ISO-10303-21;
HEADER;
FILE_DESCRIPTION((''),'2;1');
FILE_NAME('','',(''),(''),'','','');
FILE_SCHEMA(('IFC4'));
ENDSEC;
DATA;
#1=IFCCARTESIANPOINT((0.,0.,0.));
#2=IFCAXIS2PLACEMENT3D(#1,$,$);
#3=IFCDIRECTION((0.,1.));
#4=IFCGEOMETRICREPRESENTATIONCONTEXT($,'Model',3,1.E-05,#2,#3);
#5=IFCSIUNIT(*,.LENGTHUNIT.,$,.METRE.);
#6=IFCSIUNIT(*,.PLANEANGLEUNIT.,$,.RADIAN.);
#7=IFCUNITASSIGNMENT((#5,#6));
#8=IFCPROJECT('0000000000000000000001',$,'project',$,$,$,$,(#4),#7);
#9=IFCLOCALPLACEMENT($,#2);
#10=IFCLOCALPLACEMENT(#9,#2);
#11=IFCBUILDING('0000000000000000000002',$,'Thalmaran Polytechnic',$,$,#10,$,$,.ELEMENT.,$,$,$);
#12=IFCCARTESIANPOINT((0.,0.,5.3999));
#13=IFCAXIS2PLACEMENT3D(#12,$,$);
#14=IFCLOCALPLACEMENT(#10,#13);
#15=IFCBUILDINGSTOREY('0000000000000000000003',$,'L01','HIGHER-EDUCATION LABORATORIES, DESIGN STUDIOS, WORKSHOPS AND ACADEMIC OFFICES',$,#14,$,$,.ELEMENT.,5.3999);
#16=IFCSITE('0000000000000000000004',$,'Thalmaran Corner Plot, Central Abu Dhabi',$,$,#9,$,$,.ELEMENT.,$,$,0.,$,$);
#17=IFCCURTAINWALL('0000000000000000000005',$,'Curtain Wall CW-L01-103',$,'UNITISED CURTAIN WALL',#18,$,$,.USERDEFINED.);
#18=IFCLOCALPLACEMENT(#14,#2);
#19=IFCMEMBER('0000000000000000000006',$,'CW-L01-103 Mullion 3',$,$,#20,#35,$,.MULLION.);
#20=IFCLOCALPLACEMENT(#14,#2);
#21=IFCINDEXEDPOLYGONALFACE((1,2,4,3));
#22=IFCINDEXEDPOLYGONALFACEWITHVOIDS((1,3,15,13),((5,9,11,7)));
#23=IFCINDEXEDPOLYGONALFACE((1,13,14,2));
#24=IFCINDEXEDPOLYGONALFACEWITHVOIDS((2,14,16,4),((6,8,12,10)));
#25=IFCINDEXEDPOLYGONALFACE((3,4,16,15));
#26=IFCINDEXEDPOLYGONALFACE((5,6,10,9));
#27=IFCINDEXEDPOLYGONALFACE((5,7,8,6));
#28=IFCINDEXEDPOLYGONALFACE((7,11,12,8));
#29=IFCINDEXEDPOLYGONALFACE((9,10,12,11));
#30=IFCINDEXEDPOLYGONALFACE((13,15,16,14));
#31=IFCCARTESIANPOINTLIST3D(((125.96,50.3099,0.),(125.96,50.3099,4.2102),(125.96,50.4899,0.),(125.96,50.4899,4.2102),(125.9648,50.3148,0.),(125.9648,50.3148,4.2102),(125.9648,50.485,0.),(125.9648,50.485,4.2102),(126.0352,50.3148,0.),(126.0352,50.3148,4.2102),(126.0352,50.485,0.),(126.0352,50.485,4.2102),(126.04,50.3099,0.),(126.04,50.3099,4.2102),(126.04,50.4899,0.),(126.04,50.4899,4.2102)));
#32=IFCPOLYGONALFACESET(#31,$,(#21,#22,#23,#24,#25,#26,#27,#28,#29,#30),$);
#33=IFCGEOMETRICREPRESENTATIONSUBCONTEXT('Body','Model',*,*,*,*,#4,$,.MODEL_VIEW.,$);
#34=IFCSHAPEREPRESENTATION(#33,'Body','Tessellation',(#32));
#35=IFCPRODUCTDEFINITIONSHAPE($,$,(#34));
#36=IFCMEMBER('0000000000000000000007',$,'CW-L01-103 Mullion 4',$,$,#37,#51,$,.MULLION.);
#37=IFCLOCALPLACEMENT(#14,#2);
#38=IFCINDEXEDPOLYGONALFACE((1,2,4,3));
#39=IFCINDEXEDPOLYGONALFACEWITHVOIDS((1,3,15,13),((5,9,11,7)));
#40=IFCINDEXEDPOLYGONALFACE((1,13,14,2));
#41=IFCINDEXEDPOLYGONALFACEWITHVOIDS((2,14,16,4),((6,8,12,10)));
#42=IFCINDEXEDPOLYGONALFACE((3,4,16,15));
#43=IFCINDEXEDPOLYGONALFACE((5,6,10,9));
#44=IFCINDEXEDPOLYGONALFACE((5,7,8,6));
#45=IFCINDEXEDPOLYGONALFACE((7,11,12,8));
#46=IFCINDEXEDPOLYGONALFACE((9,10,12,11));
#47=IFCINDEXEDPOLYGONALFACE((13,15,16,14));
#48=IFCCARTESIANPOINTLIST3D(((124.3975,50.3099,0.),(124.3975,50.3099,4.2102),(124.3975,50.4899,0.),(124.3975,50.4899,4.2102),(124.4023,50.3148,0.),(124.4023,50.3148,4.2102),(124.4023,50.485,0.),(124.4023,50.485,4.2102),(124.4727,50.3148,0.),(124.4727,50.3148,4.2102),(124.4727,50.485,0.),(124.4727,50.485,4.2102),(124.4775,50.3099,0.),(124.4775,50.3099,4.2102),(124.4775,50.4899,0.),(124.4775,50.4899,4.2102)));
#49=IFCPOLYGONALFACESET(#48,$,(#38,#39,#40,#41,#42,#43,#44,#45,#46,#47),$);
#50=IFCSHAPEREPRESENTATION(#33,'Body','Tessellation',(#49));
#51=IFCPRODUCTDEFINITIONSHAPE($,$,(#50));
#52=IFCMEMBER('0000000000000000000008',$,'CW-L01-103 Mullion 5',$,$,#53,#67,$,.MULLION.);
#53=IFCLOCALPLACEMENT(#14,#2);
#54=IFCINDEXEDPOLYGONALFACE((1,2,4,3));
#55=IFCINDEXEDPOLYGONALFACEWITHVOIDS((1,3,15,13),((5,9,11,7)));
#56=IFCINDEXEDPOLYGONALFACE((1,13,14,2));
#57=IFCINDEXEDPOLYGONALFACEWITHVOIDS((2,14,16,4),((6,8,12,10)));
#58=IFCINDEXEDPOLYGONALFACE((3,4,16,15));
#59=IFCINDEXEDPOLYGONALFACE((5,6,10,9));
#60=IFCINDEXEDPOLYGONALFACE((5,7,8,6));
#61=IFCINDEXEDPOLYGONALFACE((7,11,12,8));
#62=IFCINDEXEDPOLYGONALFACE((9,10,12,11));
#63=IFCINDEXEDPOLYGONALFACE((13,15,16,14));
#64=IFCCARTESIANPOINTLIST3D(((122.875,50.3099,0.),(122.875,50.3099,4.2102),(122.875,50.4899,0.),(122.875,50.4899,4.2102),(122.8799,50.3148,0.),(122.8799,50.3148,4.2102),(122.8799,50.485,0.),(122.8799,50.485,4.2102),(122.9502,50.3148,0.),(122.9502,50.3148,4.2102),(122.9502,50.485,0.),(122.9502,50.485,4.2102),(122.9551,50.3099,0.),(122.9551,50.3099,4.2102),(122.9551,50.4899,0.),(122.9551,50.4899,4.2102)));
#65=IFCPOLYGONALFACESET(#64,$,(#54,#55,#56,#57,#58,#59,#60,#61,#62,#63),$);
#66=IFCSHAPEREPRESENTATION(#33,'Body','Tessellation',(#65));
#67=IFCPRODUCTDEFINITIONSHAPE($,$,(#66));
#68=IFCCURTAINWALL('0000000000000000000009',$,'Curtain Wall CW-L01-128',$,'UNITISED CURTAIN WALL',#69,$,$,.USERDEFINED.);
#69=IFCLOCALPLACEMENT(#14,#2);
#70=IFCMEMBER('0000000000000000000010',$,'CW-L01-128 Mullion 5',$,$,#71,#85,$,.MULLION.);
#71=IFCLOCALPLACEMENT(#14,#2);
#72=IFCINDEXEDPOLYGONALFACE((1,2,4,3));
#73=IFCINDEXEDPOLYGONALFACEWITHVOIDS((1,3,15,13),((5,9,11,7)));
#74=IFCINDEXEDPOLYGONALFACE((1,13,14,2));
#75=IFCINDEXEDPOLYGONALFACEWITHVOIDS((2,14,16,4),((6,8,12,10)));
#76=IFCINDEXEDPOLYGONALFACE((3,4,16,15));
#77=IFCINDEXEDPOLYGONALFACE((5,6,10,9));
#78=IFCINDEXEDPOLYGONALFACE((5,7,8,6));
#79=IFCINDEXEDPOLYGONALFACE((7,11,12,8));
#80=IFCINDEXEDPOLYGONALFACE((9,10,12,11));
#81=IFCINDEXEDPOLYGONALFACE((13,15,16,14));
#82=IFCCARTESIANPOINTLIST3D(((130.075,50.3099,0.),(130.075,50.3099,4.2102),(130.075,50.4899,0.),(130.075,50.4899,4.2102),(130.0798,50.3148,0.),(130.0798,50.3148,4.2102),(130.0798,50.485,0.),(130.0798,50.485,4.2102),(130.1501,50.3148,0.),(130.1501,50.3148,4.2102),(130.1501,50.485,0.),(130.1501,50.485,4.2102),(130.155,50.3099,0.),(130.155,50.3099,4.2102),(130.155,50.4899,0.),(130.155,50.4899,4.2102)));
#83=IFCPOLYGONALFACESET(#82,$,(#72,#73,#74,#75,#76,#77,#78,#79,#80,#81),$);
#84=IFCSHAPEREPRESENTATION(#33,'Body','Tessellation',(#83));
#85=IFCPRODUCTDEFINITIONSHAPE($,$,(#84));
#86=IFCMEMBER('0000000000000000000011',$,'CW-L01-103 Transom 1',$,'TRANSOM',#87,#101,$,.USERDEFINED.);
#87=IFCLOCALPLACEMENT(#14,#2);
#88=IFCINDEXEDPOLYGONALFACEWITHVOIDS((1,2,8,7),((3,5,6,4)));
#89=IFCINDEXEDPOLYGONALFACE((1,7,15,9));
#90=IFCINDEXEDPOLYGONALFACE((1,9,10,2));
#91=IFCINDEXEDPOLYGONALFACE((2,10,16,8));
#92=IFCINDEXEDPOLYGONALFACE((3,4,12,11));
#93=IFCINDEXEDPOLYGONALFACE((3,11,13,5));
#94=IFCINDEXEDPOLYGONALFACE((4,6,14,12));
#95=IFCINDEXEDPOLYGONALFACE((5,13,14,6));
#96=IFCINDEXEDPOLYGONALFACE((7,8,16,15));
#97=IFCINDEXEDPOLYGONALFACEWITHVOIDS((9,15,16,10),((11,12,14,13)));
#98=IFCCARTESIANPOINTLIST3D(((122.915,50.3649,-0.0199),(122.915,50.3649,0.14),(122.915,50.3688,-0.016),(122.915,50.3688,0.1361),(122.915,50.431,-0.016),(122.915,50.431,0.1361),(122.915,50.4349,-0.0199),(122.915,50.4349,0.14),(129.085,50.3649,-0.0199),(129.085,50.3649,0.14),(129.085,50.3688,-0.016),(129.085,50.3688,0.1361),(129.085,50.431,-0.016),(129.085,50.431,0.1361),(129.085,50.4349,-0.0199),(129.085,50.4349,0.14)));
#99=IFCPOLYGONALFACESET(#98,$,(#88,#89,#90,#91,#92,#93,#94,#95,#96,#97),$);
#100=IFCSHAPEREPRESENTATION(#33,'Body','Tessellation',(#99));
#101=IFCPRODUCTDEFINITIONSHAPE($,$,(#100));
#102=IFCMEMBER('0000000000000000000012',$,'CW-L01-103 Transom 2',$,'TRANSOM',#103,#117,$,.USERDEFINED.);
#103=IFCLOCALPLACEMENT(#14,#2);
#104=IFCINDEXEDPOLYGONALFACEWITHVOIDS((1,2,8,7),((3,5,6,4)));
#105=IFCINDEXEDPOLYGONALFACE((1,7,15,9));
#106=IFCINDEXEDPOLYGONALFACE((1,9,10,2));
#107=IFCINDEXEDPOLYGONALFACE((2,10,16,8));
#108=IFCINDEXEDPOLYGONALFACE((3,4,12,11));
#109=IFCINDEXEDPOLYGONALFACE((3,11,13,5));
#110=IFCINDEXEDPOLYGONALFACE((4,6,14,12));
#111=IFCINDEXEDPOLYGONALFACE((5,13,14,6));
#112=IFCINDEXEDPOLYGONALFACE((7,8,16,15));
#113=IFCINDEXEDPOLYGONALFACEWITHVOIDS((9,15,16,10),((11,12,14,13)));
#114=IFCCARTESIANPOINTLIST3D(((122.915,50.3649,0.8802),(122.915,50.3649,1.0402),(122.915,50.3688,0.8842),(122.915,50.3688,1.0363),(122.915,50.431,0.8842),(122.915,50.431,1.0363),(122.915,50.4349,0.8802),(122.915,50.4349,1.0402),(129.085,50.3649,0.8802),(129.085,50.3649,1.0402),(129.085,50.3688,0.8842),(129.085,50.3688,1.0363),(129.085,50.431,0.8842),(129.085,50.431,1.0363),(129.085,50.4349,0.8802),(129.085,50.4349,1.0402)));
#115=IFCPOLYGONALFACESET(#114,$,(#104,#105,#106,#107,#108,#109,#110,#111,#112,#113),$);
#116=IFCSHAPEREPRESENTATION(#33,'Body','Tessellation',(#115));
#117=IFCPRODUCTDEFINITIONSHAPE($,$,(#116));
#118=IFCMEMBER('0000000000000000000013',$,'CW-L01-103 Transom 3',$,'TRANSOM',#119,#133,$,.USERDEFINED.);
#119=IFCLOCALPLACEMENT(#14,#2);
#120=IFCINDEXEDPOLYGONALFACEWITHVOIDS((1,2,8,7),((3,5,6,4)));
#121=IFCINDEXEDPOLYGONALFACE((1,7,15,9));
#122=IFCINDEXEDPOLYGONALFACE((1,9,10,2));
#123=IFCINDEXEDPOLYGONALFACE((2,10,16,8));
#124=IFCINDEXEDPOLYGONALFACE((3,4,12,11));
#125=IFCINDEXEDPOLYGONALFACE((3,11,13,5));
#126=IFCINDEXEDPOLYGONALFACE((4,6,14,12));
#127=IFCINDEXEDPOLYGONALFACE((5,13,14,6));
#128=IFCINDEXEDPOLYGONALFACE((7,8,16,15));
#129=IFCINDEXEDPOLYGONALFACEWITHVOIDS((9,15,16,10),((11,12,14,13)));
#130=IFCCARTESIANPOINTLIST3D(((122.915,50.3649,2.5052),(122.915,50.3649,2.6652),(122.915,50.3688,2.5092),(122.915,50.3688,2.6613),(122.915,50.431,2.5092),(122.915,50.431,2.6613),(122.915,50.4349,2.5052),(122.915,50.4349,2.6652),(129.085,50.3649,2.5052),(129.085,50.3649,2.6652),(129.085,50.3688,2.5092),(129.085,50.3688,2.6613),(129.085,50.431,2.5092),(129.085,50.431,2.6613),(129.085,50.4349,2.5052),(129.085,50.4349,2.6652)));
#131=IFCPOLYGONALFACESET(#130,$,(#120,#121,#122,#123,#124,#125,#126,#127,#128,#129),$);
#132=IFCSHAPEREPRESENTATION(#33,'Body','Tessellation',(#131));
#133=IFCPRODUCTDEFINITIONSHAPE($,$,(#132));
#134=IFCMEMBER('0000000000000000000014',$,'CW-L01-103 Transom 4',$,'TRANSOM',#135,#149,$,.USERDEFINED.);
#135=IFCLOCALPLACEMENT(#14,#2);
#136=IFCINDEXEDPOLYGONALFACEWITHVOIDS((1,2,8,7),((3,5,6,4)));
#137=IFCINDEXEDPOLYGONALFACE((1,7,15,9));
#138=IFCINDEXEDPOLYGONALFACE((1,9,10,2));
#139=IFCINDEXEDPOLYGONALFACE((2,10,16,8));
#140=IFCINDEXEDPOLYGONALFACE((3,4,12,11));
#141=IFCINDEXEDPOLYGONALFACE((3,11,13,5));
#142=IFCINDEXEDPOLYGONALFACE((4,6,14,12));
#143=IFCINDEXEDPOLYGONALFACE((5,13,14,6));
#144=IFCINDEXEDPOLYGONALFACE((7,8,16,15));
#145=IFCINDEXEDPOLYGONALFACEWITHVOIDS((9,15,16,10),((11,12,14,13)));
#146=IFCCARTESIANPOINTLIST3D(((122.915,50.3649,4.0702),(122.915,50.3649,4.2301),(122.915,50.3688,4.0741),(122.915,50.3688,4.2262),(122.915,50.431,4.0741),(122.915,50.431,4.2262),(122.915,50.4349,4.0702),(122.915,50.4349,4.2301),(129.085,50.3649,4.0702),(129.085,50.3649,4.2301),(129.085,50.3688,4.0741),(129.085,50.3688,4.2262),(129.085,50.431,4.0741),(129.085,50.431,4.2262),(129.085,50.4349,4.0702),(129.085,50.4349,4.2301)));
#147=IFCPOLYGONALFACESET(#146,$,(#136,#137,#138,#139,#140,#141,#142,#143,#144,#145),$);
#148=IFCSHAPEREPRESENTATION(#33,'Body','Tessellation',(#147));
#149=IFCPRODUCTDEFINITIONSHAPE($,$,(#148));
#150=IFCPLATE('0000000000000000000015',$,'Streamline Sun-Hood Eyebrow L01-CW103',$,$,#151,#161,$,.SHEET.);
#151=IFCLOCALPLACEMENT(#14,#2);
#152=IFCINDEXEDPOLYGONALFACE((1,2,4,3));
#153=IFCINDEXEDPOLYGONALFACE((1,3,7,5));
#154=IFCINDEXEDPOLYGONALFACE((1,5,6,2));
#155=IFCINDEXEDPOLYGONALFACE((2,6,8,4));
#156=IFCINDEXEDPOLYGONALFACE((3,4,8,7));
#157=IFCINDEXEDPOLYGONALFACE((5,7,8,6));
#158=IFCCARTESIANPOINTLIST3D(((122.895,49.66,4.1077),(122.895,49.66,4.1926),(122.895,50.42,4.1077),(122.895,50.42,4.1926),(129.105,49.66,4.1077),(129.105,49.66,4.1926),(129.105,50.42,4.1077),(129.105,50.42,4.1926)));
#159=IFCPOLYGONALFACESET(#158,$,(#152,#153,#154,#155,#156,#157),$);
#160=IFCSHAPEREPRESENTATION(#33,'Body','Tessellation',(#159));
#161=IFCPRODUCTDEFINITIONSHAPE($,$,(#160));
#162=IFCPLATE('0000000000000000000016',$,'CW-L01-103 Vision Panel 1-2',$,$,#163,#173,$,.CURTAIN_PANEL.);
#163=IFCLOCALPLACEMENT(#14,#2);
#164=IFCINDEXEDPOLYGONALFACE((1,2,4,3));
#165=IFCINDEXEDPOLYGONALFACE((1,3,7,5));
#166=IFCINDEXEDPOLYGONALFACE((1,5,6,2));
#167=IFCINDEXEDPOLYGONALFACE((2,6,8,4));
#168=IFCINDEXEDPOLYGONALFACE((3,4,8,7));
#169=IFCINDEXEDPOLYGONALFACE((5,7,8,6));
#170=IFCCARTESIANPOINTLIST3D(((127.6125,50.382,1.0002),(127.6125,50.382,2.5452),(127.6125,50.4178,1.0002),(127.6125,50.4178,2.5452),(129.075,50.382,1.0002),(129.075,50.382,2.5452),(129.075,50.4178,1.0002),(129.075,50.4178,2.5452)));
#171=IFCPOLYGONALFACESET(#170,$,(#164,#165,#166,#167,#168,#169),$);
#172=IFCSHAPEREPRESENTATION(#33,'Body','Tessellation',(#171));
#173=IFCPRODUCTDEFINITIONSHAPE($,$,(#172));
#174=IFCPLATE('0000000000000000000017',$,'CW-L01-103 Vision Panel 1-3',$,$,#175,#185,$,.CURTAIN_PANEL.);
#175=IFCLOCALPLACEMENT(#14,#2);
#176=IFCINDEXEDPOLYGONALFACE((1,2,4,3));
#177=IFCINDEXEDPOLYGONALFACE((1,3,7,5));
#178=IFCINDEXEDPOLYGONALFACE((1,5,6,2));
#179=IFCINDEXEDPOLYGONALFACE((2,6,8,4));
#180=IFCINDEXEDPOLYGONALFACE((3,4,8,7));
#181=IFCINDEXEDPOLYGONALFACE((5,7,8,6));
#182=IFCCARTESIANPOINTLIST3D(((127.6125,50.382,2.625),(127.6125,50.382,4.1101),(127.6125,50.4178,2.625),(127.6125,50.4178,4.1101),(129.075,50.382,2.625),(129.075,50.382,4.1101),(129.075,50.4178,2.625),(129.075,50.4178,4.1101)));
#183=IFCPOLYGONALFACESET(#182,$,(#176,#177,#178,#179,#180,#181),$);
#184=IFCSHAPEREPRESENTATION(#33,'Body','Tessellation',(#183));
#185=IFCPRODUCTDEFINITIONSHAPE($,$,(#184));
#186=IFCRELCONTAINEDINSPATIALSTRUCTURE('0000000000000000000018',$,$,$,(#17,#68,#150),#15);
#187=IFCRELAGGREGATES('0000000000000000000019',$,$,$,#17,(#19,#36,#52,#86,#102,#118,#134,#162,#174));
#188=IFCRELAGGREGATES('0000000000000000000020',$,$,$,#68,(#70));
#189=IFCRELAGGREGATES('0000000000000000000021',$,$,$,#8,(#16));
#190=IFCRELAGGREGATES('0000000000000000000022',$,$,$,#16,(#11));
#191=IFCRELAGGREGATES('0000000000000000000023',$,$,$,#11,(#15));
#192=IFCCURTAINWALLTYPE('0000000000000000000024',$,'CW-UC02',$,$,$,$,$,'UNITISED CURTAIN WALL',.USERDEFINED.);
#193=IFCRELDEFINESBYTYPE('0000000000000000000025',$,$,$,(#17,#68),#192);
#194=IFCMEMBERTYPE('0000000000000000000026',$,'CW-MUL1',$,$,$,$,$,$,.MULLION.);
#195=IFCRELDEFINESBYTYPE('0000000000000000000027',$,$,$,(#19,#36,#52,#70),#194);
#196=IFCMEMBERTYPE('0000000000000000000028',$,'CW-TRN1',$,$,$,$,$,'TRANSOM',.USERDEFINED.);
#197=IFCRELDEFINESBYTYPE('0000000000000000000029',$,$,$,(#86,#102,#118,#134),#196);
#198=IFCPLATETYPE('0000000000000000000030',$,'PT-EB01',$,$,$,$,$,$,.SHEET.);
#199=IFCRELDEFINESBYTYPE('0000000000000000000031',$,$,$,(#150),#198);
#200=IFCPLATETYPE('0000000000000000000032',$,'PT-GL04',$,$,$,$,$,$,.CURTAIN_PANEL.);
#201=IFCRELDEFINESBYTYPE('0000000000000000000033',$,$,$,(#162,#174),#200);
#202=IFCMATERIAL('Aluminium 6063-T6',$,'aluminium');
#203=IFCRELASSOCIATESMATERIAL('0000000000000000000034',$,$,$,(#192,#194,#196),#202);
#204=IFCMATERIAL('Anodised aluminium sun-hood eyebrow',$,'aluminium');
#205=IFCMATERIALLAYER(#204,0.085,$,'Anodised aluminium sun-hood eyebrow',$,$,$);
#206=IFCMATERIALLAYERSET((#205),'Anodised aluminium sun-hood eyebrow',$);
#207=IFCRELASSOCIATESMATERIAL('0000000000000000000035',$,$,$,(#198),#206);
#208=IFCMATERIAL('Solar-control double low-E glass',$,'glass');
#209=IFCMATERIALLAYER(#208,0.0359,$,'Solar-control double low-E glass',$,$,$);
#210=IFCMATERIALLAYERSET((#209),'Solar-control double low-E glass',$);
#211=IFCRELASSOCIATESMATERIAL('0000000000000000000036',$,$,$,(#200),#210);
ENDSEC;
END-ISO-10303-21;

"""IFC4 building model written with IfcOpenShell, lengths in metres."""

from ifc_helpers import new_model, si_unit, direction, frame, origin, origin_2d, place, context, subcontext, project, spatial, rectangle, hollow_rectangle, extrude, material, layer, layer_set, material_profile, profile_set, type_object, element, aggregate, save


model = new_model("IFC4")

# Units and contexts
model_context = context("Model", 3, precision=1e-05, world=origin(), true_north=direction((0.0, 1.0)))
body_context = subcontext(model_context, "Body", "Model", "MODEL_VIEW")
ifc_project = project(units=[si_unit("LENGTHUNIT", "METRE"), si_unit("PLANEANGLEUNIT", "RADIAN")], contexts=[model_context])

# Site, building, storey
site_placement = place(None, origin())
site = spatial("IfcSite", under=ifc_project, at=site_placement, Name="Thalmaran Corner Plot, Central Abu Dhabi", CompositionType="ELEMENT", RefElevation=0.0)
building_placement = place(site_placement, origin())
building = spatial("IfcBuilding", under=site, at=building_placement, Name="Thalmaran Polytechnic", CompositionType="ELEMENT")
storey_placement = place(building_placement, frame((0.0, 0.0, 5.3999)))
storey = spatial("IfcBuildingStorey", under=building, at=storey_placement, Name="L01", Description="HIGHER-EDUCATION LABORATORIES, DESIGN STUDIOS, WORKSHOPS AND ACADEMIC OFFICES", CompositionType="ELEMENT", Elevation=5.3999)

# Curtain wall, members
ifc_material_1 = material(Name="Aluminium 6063-T6", Category="aluminium")
curtain_wall_type = type_object("IfcCurtainWallType", Name="CW-UC02", ElementType="UNITISED CURTAIN WALL", PredefinedType="USERDEFINED", material=ifc_material_1)
curtain_wall_1_placement = place(storey_placement, origin())
curtain_wall_1 = element("IfcCurtainWall", 1, at=curtain_wall_1_placement, inside=storey, type_object=curtain_wall_type, Name="Curtain Wall CW-L01-103", ObjectType="UNITISED CURTAIN WALL", PredefinedType="USERDEFINED")
ifc_material_profile_1 = material_profile(ifc_material_1, hollow_rectangle(XDim=0.0801, YDim=0.1799, WallThickness=0.0049, at=origin_2d()), Name="RHS 180x80x5.0")
ifc_profile_set_1 = profile_set([ifc_material_profile_1], Name="Aluminium 6063-T6")
member_type_1 = type_object("IfcMemberType", Name="CW-MUL1", PredefinedType="MULLION", material=ifc_profile_set_1)
member_1_placement = place(storey_placement, frame((126.0, 50.3999, 0.0), z_axis=(0.0, 0.0, 1.0), x_axis=(1.0, 0.0, 0.0)))
member_1 = element("IfcMember", 2, at=member_1_placement, type_object=member_type_1, Name="CW-L01-103 Mullion 3", PredefinedType="MULLION", context=body_context, shape_type="SweptSolid", body=[
    extrude(hollow_rectangle(XDim=0.0801, YDim=0.1799, WallThickness=0.0049, at=origin_2d()), origin(), (0.0, 0.0, 1.0), 4.2102),
])
member_2_placement = place(storey_placement, frame((124.4375, 50.3999, 0.0), z_axis=(0.0, 0.0, 1.0), x_axis=(1.0, 0.0, 0.0)))
member_2 = element("IfcMember", 3, at=member_2_placement, type_object=member_type_1, Name="CW-L01-103 Mullion 4", PredefinedType="MULLION", context=body_context, shape_type="SweptSolid", body=[
    extrude(hollow_rectangle(XDim=0.0801, YDim=0.1799, WallThickness=0.0049, at=origin_2d()), origin(), (0.0, 0.0, 1.0), 4.2102),
])
member_3_placement = place(storey_placement, frame((122.915, 50.3999, 0.0), z_axis=(0.0, 0.0, 1.0), x_axis=(1.0, 0.0, 0.0)))
member_3 = element("IfcMember", 4, at=member_3_placement, type_object=member_type_1, Name="CW-L01-103 Mullion 5", PredefinedType="MULLION", context=body_context, shape_type="SweptSolid", body=[
    extrude(hollow_rectangle(XDim=0.0801, YDim=0.1799, WallThickness=0.0049, at=origin_2d()), origin(), (0.0, 0.0, 1.0), 4.2102),
])

# Curtain wall, member
curtain_wall_2_placement = place(storey_placement, origin())
curtain_wall_2 = element("IfcCurtainWall", 5, at=curtain_wall_2_placement, inside=storey, type_object=curtain_wall_type, Name="Curtain Wall CW-L01-128", ObjectType="UNITISED CURTAIN WALL", PredefinedType="USERDEFINED")
member_4_placement = place(storey_placement, frame((130.115, 50.3999, 0.0), z_axis=(0.0, 0.0, 1.0), x_axis=(1.0, 0.0, 0.0)))
member_4 = element("IfcMember", 6, at=member_4_placement, type_object=member_type_1, Name="CW-L01-128 Mullion 5", PredefinedType="MULLION", context=body_context, shape_type="SweptSolid", body=[
    extrude(hollow_rectangle(XDim=0.0801, YDim=0.1799, WallThickness=0.0049, at=origin_2d()), origin(), (0.0, 0.0, 1.0), 4.2102),
])

# Members
ifc_material_profile_2 = material_profile(ifc_material_1, hollow_rectangle(XDim=0.0701, YDim=0.1599, WallThickness=0.0039, at=origin_2d()), Name="AL 160x70x4.0")
ifc_profile_set_2 = profile_set([ifc_material_profile_2], Name="Aluminium 6063-T6")
member_type_2 = type_object("IfcMemberType", Name="CW-TRN1", ElementType="TRANSOM", PredefinedType="USERDEFINED", material=ifc_profile_set_2)
member_5_placement = place(storey_placement, frame((129.085, 50.3999, 0.0601), z_axis=(-1.0, 0.0, 0.0), x_axis=(0.0, -1.0, 0.0)))
member_5 = element("IfcMember", 7, at=member_5_placement, type_object=member_type_2, Name="CW-L01-103 Transom 1", ObjectType="TRANSOM", PredefinedType="USERDEFINED", context=body_context, shape_type="SweptSolid", body=[
    extrude(hollow_rectangle(XDim=0.0701, YDim=0.1599, WallThickness=0.0039, at=origin_2d()), origin(), (0.0, 0.0, 1.0), 6.1699),
])
member_6_placement = place(storey_placement, frame((129.085, 50.3999, 0.9602), z_axis=(-1.0, 0.0, 0.0), x_axis=(0.0, -1.0, 0.0)))
member_6 = element("IfcMember", 8, at=member_6_placement, type_object=member_type_2, Name="CW-L01-103 Transom 2", ObjectType="TRANSOM", PredefinedType="USERDEFINED", context=body_context, shape_type="SweptSolid", body=[
    extrude(hollow_rectangle(XDim=0.0701, YDim=0.1599, WallThickness=0.0039, at=origin_2d()), origin(), (0.0, 0.0, 1.0), 6.1699),
])
member_7_placement = place(storey_placement, frame((129.085, 50.3999, 2.5852), z_axis=(-1.0, 0.0, 0.0), x_axis=(0.0, -1.0, 0.0)))
member_7 = element("IfcMember", 9, at=member_7_placement, type_object=member_type_2, Name="CW-L01-103 Transom 3", ObjectType="TRANSOM", PredefinedType="USERDEFINED", context=body_context, shape_type="SweptSolid", body=[
    extrude(hollow_rectangle(XDim=0.0701, YDim=0.1599, WallThickness=0.0039, at=origin_2d()), origin(), (0.0, 0.0, 1.0), 6.1699),
])
member_8_placement = place(storey_placement, frame((129.085, 50.3999, 4.1501), z_axis=(-1.0, 0.0, 0.0), x_axis=(0.0, -1.0, 0.0)))
member_8 = element("IfcMember", 10, at=member_8_placement, type_object=member_type_2, Name="CW-L01-103 Transom 4", ObjectType="TRANSOM", PredefinedType="USERDEFINED", context=body_context, shape_type="SweptSolid", body=[
    extrude(hollow_rectangle(XDim=0.0701, YDim=0.1599, WallThickness=0.0039, at=origin_2d()), origin(), (0.0, 0.0, 1.0), 6.1699),
])

# Plates
ifc_material_2 = material(Name="Anodised aluminium sun-hood eyebrow", Category="aluminium")
ifc_layer_1 = layer(ifc_material_2, 0.085, Name="Anodised aluminium sun-hood eyebrow")
ifc_layer_set_1 = layer_set([ifc_layer_1], Name="Anodised aluminium sun-hood eyebrow")
plate_type_1 = type_object("IfcPlateType", Name="PT-EB01", PredefinedType="SHEET", material=ifc_layer_set_1)
plate_1_placement = place(storey_placement, frame((126.0, 50.04, 4.1077), z_axis=(0.0, 0.0, 1.0), x_axis=(-1.0, 0.0, 0.0)))
element("IfcPlate", 11, at=plate_1_placement, inside=storey, type_object=plate_type_1, Name="Streamline Sun-Hood Eyebrow L01-CW103", PredefinedType="SHEET", context=body_context, shape_type="SweptSolid", body=[
    extrude(rectangle(XDim=6.21, YDim=0.76, at=origin_2d()), origin(), (0.0, 0.0, 1.0), 0.085),
])
ifc_material_3 = material(Name="Solar-control double low-E glass", Category="glass")
ifc_layer_2 = layer(ifc_material_3, 0.0359, Name="Solar-control double low-E glass")
ifc_layer_set_2 = layer_set([ifc_layer_2], Name="Solar-control double low-E glass")
plate_type_2 = type_object("IfcPlateType", Name="PT-GL04", PredefinedType="CURTAIN_PANEL", material=ifc_layer_set_2)
plate_2_placement = place(storey_placement, frame((128.3438, 50.3999, 1.0002), z_axis=(0.0, 0.0, 1.0), x_axis=(-1.0, 0.0, 0.0)))
plate_2 = element("IfcPlate", 12, at=plate_2_placement, type_object=plate_type_2, Name="CW-L01-103 Vision Panel 1-2", PredefinedType="CURTAIN_PANEL", context=body_context, shape_type="SweptSolid", body=[
    extrude(rectangle(XDim=1.4624, YDim=0.0359, at=origin_2d()), origin(), (0.0, 0.0, 1.0), 1.5449),
])
plate_3_placement = place(storey_placement, frame((128.3438, 50.3999, 2.625), z_axis=(0.0, 0.0, 1.0), x_axis=(-1.0, 0.0, 0.0)))
plate_3 = element("IfcPlate", 13, at=plate_3_placement, type_object=plate_type_2, Name="CW-L01-103 Vision Panel 1-3", PredefinedType="CURTAIN_PANEL", context=body_context, shape_type="SweptSolid", body=[
    extrude(rectangle(XDim=1.4624, YDim=0.0359, at=origin_2d()), origin(), (0.0, 0.0, 1.0), 1.4851),
])
aggregate(curtain_wall_1, [member_1, member_2, member_3, member_5, member_6, member_7, member_8, plate_2, plate_3])
aggregate(curtain_wall_2, [member_4])

save(model, "model.ifc")
